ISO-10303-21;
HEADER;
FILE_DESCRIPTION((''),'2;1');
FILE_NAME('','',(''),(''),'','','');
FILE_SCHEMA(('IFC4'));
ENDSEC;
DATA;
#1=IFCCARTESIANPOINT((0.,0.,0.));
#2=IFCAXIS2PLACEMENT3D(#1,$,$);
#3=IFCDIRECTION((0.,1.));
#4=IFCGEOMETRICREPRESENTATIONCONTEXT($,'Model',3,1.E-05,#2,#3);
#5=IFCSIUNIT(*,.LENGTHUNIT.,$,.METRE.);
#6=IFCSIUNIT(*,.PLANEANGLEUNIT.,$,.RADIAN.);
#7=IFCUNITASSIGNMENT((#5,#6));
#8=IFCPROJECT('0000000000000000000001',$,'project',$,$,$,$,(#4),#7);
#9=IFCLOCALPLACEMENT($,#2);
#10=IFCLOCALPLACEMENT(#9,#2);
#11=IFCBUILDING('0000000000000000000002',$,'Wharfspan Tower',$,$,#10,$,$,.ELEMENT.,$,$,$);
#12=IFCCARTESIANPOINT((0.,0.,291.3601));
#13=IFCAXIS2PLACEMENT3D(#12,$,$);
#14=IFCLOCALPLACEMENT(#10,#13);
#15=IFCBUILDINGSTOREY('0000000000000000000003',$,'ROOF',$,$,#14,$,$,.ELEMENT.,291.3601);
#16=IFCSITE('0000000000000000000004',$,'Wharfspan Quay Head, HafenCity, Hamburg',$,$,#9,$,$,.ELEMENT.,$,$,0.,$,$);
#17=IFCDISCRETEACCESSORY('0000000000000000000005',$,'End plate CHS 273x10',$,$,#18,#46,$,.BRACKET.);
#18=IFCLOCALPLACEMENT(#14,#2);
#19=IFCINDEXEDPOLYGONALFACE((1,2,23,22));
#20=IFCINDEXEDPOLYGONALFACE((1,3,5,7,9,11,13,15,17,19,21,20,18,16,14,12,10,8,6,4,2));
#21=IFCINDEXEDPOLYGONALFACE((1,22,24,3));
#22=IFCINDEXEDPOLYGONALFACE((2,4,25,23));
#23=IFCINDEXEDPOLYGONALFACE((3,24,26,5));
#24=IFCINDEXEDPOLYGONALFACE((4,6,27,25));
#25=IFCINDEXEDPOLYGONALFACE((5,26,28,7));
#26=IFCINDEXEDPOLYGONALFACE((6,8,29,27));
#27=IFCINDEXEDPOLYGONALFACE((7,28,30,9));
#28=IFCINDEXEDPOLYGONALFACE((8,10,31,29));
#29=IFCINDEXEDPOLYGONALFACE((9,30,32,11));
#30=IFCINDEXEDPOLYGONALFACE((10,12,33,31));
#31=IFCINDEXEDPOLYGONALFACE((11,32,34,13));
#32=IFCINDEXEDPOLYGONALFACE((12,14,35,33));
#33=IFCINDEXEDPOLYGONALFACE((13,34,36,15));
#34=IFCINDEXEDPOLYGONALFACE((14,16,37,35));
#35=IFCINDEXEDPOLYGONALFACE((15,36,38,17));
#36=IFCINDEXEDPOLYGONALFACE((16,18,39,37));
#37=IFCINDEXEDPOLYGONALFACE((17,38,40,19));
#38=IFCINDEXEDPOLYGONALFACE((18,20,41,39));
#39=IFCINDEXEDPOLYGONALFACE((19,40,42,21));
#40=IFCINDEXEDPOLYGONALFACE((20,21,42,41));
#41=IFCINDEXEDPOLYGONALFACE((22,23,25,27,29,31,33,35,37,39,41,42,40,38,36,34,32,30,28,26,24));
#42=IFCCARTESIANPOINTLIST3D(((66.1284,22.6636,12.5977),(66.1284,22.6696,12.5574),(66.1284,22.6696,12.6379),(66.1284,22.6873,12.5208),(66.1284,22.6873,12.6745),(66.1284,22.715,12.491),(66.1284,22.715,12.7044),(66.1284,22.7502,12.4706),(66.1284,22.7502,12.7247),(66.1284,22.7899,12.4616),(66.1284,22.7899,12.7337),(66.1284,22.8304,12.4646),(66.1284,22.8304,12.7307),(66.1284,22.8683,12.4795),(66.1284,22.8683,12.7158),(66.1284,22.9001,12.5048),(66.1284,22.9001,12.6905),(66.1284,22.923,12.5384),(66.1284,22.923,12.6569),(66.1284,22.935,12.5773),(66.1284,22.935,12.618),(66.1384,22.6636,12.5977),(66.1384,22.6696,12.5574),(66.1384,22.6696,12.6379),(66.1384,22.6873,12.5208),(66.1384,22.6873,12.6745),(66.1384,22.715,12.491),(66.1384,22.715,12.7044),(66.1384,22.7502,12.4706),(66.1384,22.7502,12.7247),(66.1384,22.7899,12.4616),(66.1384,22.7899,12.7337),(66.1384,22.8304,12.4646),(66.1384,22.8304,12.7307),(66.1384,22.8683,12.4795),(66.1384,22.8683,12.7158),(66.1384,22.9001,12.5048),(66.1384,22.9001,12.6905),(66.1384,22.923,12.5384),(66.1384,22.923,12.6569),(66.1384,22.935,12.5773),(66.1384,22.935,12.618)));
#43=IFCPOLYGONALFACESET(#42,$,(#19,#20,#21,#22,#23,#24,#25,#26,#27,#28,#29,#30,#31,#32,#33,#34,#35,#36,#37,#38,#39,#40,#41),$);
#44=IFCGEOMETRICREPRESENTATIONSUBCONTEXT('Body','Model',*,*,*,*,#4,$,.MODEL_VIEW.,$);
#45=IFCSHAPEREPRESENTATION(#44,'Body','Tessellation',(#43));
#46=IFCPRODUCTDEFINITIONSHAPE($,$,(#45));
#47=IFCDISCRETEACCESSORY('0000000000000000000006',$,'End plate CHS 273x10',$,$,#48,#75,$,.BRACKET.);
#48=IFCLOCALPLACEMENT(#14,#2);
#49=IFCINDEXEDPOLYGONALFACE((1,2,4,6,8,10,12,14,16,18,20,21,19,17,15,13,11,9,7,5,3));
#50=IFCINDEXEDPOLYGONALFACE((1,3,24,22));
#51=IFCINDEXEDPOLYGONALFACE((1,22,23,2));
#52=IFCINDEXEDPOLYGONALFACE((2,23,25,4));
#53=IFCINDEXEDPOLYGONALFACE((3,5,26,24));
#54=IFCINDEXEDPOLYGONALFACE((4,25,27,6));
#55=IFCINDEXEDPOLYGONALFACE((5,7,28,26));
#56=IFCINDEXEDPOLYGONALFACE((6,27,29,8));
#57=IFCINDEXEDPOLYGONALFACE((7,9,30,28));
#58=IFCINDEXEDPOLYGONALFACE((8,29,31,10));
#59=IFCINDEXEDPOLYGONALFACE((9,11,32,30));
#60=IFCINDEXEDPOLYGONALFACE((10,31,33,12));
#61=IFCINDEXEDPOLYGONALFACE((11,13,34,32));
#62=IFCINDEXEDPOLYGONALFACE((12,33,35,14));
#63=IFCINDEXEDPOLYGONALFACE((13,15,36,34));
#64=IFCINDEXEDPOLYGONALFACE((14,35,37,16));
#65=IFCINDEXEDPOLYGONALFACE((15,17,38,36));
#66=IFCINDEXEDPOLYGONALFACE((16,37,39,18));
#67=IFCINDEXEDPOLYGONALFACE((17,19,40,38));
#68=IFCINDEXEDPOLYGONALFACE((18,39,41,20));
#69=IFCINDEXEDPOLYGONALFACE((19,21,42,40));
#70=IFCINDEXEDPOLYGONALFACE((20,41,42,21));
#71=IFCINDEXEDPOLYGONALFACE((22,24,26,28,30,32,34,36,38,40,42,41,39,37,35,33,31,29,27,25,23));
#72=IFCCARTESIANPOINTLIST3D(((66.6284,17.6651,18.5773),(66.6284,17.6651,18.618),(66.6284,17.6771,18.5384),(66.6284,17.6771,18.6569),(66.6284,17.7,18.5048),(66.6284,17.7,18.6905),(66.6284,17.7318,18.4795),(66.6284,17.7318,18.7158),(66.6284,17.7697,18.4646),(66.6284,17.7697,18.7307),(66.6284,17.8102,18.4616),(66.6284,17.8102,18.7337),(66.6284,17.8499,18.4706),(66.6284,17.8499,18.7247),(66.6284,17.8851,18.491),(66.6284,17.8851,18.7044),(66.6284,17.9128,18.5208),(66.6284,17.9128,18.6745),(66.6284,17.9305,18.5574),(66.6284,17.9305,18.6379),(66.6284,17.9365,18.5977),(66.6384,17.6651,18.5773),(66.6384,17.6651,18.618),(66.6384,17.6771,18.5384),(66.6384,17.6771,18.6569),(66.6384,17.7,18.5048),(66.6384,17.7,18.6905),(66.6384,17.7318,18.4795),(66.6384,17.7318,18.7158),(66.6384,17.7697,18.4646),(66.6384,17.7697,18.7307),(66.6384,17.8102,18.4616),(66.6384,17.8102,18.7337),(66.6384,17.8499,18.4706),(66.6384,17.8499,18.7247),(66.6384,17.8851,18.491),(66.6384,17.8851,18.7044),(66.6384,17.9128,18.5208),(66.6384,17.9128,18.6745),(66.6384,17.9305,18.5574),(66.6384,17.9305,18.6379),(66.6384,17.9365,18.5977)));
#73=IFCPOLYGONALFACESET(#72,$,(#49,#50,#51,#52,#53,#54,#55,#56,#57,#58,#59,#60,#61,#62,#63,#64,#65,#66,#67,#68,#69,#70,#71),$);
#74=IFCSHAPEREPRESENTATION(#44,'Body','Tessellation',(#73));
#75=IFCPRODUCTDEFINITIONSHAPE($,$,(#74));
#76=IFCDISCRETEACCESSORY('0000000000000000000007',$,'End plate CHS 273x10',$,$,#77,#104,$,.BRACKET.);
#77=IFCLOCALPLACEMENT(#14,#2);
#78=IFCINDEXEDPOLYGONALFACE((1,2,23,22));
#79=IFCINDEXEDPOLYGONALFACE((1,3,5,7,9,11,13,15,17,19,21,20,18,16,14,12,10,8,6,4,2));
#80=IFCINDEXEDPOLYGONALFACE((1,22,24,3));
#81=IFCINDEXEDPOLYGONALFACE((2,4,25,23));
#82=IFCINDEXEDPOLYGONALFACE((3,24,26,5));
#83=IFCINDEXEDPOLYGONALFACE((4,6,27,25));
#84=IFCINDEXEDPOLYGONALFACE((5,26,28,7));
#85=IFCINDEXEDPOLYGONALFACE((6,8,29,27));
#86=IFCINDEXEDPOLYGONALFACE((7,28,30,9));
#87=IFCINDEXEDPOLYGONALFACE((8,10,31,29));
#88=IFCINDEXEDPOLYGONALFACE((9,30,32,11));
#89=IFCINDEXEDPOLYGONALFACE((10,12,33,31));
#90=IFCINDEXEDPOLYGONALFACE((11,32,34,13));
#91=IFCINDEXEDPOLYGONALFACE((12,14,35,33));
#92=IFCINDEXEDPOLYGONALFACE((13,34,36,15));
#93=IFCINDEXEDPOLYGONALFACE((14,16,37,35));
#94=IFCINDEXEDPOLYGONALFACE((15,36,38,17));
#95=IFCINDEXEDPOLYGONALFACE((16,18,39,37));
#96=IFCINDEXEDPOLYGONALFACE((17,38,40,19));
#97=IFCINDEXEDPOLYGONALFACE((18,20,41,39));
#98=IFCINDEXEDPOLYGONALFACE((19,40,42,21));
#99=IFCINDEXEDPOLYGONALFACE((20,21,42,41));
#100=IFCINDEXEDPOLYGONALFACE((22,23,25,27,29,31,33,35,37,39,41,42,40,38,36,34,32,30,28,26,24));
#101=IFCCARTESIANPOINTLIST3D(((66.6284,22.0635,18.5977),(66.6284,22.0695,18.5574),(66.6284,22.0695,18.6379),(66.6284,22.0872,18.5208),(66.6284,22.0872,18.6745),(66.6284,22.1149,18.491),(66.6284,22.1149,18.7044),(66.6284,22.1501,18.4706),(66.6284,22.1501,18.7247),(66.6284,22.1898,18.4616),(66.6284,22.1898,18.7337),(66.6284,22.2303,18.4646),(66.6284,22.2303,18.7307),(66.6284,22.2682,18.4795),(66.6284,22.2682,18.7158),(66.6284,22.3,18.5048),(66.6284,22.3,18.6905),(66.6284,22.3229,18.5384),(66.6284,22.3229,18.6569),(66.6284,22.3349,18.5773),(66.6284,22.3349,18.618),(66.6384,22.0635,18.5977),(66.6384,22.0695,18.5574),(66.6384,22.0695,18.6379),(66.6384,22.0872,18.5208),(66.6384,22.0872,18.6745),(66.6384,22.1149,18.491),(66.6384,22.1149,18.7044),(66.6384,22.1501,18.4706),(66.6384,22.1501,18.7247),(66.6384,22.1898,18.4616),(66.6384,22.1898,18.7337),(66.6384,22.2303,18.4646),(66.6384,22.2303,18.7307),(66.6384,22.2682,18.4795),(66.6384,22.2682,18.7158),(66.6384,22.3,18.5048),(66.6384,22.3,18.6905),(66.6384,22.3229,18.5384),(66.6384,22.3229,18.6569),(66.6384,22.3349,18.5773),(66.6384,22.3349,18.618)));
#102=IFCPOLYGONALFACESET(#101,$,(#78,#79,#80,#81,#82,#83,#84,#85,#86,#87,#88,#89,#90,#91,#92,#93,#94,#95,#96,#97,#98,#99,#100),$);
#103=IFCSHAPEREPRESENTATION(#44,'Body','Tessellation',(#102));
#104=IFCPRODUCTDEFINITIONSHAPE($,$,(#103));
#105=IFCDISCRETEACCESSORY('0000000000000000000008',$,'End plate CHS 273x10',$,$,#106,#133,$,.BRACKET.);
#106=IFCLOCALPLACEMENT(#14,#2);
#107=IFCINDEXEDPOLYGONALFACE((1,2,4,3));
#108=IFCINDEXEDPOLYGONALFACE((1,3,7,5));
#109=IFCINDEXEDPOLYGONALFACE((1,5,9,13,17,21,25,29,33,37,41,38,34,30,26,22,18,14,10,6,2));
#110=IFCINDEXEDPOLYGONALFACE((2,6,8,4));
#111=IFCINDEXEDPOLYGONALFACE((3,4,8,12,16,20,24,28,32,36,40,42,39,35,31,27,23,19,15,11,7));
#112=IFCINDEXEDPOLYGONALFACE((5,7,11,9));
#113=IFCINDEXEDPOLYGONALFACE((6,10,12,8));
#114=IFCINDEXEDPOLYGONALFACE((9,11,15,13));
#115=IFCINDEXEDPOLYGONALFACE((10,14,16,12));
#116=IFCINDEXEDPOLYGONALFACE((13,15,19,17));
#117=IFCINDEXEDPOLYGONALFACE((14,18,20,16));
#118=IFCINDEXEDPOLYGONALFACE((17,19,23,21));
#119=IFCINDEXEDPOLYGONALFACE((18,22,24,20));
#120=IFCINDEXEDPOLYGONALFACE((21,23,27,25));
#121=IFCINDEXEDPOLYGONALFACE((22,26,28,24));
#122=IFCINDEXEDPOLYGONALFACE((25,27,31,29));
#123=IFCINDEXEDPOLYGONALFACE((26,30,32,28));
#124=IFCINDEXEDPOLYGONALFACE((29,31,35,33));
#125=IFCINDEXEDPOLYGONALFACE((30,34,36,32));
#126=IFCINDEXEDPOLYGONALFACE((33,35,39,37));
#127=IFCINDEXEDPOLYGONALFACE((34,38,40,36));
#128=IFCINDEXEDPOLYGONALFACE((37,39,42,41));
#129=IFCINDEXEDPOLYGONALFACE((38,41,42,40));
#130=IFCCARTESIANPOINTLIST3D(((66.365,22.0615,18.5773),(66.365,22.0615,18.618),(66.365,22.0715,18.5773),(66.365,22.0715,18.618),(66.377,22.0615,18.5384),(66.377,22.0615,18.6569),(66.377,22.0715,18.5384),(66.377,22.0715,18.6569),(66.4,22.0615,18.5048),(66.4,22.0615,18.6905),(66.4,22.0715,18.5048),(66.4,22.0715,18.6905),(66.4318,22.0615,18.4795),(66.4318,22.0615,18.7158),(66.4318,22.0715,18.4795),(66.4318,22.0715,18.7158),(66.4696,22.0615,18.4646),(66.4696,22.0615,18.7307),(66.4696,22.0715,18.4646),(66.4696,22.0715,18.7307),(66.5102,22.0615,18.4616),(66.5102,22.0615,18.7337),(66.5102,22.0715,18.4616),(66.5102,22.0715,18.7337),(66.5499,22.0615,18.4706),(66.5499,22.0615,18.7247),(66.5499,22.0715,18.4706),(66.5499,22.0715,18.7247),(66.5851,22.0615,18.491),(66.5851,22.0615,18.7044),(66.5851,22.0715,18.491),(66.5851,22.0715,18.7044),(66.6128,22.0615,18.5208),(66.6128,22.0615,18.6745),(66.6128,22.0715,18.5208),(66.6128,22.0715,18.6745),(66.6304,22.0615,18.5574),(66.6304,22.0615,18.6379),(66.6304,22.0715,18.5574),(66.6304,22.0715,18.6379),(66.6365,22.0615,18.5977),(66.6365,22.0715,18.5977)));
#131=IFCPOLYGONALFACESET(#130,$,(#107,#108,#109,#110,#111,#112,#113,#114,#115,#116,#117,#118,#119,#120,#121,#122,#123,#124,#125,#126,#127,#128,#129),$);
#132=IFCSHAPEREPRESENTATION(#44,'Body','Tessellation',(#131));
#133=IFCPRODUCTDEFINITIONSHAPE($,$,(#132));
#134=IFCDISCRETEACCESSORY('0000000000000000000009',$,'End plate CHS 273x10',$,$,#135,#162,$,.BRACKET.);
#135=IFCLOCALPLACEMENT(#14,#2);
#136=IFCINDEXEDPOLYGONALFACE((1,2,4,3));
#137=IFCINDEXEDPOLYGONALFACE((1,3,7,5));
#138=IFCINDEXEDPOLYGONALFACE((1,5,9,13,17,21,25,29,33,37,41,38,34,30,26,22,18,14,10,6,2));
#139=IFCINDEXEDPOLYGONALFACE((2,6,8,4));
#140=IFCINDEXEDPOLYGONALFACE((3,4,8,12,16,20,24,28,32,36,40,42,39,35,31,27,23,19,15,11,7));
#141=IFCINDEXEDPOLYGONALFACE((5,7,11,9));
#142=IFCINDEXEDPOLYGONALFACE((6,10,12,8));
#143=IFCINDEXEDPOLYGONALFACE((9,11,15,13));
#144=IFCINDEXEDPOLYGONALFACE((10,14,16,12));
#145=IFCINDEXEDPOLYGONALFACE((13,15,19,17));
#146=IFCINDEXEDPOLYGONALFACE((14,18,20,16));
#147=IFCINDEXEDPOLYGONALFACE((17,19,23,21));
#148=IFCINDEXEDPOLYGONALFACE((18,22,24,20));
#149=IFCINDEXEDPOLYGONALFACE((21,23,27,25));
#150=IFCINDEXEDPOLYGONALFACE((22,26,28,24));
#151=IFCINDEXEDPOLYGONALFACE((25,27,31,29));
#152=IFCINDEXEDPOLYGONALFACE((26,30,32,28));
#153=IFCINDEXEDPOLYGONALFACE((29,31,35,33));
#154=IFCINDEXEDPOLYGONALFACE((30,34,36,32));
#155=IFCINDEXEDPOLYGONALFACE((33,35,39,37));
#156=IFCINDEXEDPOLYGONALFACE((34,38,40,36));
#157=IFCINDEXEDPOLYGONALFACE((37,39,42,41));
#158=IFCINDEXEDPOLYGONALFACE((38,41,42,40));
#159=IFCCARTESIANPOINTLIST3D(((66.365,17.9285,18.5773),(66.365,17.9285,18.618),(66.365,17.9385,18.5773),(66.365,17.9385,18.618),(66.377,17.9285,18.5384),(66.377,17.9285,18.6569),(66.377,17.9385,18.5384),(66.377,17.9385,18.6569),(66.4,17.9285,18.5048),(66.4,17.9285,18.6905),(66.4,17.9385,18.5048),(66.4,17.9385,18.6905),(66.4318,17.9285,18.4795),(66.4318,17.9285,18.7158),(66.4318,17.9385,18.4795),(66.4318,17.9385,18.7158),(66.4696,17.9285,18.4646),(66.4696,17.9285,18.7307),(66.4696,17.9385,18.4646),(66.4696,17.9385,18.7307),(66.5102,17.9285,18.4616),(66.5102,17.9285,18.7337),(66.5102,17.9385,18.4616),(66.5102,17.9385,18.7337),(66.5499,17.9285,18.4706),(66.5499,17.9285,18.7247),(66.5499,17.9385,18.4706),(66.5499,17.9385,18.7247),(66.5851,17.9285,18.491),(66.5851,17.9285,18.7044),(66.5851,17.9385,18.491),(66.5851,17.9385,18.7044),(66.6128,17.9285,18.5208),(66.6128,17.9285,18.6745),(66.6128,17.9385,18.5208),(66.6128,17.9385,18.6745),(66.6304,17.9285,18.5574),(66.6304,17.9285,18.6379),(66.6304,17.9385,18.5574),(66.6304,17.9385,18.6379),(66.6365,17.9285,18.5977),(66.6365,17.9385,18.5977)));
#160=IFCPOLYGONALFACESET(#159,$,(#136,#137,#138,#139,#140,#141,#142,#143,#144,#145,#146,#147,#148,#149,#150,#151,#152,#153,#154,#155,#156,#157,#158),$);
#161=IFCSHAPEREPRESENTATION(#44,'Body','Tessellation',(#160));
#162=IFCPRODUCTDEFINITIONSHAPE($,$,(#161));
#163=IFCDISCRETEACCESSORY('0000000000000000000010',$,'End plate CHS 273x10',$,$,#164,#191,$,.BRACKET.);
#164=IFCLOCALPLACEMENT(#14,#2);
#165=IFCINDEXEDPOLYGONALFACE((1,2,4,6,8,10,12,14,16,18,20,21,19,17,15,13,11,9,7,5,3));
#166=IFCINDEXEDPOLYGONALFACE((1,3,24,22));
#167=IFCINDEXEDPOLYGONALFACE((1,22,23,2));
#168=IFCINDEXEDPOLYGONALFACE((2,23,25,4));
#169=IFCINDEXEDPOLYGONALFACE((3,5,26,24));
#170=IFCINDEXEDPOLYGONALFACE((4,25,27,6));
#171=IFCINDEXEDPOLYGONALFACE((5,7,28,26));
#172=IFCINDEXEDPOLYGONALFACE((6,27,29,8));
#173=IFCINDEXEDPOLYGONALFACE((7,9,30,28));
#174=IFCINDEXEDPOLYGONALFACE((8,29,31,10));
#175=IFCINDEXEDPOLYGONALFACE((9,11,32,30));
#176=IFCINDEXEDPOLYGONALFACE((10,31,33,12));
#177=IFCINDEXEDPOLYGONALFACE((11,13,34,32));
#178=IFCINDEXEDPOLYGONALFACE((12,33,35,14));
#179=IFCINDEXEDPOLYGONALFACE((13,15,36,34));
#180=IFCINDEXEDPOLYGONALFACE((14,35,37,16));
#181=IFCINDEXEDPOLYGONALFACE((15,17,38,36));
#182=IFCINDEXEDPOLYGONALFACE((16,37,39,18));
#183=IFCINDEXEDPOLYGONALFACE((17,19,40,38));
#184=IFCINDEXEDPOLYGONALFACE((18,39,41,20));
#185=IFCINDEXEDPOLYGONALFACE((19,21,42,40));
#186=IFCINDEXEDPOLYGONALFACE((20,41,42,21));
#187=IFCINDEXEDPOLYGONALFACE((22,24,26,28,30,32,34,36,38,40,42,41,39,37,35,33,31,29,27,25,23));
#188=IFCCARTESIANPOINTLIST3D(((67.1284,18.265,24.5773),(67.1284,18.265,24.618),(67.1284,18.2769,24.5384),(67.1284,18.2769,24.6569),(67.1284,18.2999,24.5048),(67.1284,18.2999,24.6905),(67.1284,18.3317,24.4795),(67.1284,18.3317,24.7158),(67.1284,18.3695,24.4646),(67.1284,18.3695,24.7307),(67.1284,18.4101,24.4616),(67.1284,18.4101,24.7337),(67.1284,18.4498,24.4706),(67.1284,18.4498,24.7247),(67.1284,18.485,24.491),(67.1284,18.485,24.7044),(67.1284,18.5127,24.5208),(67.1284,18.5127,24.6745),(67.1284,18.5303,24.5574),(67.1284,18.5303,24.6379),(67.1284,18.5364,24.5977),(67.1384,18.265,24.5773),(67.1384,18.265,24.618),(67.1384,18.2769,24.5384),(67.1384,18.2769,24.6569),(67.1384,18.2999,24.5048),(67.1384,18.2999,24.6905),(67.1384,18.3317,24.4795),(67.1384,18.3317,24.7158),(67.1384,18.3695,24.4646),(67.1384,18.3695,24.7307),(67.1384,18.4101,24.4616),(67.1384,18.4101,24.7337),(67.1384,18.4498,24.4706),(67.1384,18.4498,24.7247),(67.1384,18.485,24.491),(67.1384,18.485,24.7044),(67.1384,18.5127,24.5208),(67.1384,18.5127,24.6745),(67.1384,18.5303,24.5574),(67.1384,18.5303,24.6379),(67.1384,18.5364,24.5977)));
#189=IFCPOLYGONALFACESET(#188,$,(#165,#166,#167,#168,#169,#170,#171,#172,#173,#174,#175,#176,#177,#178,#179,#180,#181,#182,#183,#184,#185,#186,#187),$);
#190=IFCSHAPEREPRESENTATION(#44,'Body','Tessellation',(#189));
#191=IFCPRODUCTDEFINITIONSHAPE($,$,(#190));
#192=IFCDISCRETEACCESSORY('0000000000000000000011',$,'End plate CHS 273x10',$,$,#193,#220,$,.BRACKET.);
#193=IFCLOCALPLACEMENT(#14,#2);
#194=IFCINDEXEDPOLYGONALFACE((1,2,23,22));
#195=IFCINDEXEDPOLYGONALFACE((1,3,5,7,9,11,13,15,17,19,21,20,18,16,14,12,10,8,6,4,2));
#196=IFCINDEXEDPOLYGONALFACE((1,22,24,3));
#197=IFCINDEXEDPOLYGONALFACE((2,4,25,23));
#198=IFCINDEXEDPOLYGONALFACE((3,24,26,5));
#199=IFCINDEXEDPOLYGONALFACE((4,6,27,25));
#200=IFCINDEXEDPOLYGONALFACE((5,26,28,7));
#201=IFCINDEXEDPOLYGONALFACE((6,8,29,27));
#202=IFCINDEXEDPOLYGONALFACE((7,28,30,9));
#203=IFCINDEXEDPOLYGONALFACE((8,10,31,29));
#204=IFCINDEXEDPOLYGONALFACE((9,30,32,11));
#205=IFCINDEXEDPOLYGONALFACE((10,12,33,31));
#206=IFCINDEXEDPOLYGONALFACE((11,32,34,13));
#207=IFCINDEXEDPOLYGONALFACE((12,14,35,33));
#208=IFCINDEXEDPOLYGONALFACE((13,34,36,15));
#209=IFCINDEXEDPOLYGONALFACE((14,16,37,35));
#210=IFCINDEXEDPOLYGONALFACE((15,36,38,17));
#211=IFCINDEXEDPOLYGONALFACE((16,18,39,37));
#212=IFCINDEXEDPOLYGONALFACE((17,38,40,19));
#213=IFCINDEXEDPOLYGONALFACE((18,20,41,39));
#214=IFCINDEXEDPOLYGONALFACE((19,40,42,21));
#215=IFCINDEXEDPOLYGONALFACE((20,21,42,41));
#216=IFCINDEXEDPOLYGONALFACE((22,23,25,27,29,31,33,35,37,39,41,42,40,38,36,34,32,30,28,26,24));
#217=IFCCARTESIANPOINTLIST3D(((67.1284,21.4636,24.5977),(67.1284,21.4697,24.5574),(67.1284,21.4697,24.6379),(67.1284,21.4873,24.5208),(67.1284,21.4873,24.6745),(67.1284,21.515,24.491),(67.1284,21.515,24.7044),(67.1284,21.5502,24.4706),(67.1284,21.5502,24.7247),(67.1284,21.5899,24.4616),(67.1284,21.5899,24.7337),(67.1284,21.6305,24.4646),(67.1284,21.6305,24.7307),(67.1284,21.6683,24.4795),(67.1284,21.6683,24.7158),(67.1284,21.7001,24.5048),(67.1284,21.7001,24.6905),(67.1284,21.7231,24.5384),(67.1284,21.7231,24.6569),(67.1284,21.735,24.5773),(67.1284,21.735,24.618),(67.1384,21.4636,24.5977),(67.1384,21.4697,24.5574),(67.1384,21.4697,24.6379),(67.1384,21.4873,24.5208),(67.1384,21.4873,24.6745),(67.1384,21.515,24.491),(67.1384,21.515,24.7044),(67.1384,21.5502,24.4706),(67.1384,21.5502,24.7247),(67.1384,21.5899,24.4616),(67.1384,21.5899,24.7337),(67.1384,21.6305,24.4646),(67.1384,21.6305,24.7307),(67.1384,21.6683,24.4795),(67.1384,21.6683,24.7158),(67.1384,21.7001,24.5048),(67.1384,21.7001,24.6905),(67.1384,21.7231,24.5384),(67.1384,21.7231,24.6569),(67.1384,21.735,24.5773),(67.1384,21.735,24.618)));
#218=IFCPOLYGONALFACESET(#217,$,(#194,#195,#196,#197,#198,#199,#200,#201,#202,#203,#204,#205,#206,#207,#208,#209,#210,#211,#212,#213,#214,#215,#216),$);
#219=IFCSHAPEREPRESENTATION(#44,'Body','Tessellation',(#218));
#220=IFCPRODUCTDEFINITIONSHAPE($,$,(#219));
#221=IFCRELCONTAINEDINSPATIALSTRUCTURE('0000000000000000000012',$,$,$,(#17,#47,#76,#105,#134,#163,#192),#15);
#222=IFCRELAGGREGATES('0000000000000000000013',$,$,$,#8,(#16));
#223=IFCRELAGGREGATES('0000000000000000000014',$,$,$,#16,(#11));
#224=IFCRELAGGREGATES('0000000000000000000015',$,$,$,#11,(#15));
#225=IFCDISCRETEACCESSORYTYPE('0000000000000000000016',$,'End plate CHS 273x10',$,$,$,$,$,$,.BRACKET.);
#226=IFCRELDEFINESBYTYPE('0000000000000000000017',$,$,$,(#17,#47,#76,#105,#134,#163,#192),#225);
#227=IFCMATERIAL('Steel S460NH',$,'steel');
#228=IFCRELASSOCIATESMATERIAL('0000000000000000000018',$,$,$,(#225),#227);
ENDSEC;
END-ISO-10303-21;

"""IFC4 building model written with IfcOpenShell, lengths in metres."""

from ifc_helpers import new_model, si_unit, direction, frame, origin, origin_2d, place, context, subcontext, project, spatial, circle, extrude, material, material_profile, profile_set, type_object, element, save


model = new_model("IFC4")

# Units and contexts
model_context = context("Model", 3, precision=1e-05, world=origin(), true_north=direction((0.0, 1.0)))
body_context = subcontext(model_context, "Body", "Model", "MODEL_VIEW")
ifc_project = project(units=[si_unit("LENGTHUNIT", "METRE"), si_unit("PLANEANGLEUNIT", "RADIAN")], contexts=[model_context])

# Site, building, storey
site_placement = place(None, origin())
site = spatial("IfcSite", under=ifc_project, at=site_placement, Name="Wharfspan Quay Head, HafenCity, Hamburg", CompositionType="ELEMENT", RefElevation=0.0)
building_placement = place(site_placement, origin())
building = spatial("IfcBuilding", under=site, at=building_placement, Name="Wharfspan Tower", CompositionType="ELEMENT")
storey_placement = place(building_placement, frame((0.0, 0.0, 291.3601)))
storey = spatial("IfcBuildingStorey", under=building, at=storey_placement, Name="ROOF", CompositionType="ELEMENT", Elevation=291.3601)

# Shared definitions
ifc_material = material(Name="Steel S460NH", Category="steel")

# Discrete accessories
ifc_material_profile_1 = material_profile(ifc_material, circle(Radius=0.1365, at=origin_2d()))
ifc_profile_set_1 = profile_set([ifc_material_profile_1], Name="Steel S460NH")
discrete_accessory_type_1 = type_object("IfcDiscreteAccessoryType", Name="End plate CHS 273x10", PredefinedType="BRACKET", material=ifc_profile_set_1)
for number, where, z_axis, x_axis, name in (
    (1, (66.1384, 22.8, 12.5977), (-1.0, 0.0, 0.0), (0.0, -1.0, 0.0), "End plate CHS 273x10"),
    (2, (66.6284, 17.8, 18.5977), (1.0, 0.0, 0.0), (0.0, 1.0, 0.0), "End plate CHS 273x10"),
    (3, (66.6384, 22.2, 18.5977), (-1.0, 0.0, 0.0), (0.0, -1.0, 0.0), "End plate CHS 273x10"),
    (4, (66.5, 22.0715, 18.5977), (0.0, -1.0, 0.0), (1.0, 0.0, 0.0), "End plate CHS 273x10"),
    (5, (66.5, 17.9385, 18.5977), (0.0, -1.0, 0.0), (1.0, 0.0, 0.0), "End plate CHS 273x10"),
    (6, (67.1284, 18.3999, 24.5977), (1.0, 0.0, 0.0), (0.0, 1.0, 0.0), "End plate CHS 273x10"),
    (7, (67.1384, 21.6001, 24.5977), (-1.0, 0.0, 0.0), (0.0, -1.0, 0.0), "End plate CHS 273x10"),
):
    element("IfcDiscreteAccessory", number, at=place(storey_placement, frame(where, z_axis=z_axis, x_axis=x_axis)), inside=storey, type_object=discrete_accessory_type_1, Name=name, PredefinedType="BRACKET", context=body_context, shape_type="SweptSolid", body=[
        extrude(circle(Radius=0.1365, at=origin_2d()), origin(), (0.0, 0.0, 1.0), 0.01),
    ])

save(model, "model.ifc")
